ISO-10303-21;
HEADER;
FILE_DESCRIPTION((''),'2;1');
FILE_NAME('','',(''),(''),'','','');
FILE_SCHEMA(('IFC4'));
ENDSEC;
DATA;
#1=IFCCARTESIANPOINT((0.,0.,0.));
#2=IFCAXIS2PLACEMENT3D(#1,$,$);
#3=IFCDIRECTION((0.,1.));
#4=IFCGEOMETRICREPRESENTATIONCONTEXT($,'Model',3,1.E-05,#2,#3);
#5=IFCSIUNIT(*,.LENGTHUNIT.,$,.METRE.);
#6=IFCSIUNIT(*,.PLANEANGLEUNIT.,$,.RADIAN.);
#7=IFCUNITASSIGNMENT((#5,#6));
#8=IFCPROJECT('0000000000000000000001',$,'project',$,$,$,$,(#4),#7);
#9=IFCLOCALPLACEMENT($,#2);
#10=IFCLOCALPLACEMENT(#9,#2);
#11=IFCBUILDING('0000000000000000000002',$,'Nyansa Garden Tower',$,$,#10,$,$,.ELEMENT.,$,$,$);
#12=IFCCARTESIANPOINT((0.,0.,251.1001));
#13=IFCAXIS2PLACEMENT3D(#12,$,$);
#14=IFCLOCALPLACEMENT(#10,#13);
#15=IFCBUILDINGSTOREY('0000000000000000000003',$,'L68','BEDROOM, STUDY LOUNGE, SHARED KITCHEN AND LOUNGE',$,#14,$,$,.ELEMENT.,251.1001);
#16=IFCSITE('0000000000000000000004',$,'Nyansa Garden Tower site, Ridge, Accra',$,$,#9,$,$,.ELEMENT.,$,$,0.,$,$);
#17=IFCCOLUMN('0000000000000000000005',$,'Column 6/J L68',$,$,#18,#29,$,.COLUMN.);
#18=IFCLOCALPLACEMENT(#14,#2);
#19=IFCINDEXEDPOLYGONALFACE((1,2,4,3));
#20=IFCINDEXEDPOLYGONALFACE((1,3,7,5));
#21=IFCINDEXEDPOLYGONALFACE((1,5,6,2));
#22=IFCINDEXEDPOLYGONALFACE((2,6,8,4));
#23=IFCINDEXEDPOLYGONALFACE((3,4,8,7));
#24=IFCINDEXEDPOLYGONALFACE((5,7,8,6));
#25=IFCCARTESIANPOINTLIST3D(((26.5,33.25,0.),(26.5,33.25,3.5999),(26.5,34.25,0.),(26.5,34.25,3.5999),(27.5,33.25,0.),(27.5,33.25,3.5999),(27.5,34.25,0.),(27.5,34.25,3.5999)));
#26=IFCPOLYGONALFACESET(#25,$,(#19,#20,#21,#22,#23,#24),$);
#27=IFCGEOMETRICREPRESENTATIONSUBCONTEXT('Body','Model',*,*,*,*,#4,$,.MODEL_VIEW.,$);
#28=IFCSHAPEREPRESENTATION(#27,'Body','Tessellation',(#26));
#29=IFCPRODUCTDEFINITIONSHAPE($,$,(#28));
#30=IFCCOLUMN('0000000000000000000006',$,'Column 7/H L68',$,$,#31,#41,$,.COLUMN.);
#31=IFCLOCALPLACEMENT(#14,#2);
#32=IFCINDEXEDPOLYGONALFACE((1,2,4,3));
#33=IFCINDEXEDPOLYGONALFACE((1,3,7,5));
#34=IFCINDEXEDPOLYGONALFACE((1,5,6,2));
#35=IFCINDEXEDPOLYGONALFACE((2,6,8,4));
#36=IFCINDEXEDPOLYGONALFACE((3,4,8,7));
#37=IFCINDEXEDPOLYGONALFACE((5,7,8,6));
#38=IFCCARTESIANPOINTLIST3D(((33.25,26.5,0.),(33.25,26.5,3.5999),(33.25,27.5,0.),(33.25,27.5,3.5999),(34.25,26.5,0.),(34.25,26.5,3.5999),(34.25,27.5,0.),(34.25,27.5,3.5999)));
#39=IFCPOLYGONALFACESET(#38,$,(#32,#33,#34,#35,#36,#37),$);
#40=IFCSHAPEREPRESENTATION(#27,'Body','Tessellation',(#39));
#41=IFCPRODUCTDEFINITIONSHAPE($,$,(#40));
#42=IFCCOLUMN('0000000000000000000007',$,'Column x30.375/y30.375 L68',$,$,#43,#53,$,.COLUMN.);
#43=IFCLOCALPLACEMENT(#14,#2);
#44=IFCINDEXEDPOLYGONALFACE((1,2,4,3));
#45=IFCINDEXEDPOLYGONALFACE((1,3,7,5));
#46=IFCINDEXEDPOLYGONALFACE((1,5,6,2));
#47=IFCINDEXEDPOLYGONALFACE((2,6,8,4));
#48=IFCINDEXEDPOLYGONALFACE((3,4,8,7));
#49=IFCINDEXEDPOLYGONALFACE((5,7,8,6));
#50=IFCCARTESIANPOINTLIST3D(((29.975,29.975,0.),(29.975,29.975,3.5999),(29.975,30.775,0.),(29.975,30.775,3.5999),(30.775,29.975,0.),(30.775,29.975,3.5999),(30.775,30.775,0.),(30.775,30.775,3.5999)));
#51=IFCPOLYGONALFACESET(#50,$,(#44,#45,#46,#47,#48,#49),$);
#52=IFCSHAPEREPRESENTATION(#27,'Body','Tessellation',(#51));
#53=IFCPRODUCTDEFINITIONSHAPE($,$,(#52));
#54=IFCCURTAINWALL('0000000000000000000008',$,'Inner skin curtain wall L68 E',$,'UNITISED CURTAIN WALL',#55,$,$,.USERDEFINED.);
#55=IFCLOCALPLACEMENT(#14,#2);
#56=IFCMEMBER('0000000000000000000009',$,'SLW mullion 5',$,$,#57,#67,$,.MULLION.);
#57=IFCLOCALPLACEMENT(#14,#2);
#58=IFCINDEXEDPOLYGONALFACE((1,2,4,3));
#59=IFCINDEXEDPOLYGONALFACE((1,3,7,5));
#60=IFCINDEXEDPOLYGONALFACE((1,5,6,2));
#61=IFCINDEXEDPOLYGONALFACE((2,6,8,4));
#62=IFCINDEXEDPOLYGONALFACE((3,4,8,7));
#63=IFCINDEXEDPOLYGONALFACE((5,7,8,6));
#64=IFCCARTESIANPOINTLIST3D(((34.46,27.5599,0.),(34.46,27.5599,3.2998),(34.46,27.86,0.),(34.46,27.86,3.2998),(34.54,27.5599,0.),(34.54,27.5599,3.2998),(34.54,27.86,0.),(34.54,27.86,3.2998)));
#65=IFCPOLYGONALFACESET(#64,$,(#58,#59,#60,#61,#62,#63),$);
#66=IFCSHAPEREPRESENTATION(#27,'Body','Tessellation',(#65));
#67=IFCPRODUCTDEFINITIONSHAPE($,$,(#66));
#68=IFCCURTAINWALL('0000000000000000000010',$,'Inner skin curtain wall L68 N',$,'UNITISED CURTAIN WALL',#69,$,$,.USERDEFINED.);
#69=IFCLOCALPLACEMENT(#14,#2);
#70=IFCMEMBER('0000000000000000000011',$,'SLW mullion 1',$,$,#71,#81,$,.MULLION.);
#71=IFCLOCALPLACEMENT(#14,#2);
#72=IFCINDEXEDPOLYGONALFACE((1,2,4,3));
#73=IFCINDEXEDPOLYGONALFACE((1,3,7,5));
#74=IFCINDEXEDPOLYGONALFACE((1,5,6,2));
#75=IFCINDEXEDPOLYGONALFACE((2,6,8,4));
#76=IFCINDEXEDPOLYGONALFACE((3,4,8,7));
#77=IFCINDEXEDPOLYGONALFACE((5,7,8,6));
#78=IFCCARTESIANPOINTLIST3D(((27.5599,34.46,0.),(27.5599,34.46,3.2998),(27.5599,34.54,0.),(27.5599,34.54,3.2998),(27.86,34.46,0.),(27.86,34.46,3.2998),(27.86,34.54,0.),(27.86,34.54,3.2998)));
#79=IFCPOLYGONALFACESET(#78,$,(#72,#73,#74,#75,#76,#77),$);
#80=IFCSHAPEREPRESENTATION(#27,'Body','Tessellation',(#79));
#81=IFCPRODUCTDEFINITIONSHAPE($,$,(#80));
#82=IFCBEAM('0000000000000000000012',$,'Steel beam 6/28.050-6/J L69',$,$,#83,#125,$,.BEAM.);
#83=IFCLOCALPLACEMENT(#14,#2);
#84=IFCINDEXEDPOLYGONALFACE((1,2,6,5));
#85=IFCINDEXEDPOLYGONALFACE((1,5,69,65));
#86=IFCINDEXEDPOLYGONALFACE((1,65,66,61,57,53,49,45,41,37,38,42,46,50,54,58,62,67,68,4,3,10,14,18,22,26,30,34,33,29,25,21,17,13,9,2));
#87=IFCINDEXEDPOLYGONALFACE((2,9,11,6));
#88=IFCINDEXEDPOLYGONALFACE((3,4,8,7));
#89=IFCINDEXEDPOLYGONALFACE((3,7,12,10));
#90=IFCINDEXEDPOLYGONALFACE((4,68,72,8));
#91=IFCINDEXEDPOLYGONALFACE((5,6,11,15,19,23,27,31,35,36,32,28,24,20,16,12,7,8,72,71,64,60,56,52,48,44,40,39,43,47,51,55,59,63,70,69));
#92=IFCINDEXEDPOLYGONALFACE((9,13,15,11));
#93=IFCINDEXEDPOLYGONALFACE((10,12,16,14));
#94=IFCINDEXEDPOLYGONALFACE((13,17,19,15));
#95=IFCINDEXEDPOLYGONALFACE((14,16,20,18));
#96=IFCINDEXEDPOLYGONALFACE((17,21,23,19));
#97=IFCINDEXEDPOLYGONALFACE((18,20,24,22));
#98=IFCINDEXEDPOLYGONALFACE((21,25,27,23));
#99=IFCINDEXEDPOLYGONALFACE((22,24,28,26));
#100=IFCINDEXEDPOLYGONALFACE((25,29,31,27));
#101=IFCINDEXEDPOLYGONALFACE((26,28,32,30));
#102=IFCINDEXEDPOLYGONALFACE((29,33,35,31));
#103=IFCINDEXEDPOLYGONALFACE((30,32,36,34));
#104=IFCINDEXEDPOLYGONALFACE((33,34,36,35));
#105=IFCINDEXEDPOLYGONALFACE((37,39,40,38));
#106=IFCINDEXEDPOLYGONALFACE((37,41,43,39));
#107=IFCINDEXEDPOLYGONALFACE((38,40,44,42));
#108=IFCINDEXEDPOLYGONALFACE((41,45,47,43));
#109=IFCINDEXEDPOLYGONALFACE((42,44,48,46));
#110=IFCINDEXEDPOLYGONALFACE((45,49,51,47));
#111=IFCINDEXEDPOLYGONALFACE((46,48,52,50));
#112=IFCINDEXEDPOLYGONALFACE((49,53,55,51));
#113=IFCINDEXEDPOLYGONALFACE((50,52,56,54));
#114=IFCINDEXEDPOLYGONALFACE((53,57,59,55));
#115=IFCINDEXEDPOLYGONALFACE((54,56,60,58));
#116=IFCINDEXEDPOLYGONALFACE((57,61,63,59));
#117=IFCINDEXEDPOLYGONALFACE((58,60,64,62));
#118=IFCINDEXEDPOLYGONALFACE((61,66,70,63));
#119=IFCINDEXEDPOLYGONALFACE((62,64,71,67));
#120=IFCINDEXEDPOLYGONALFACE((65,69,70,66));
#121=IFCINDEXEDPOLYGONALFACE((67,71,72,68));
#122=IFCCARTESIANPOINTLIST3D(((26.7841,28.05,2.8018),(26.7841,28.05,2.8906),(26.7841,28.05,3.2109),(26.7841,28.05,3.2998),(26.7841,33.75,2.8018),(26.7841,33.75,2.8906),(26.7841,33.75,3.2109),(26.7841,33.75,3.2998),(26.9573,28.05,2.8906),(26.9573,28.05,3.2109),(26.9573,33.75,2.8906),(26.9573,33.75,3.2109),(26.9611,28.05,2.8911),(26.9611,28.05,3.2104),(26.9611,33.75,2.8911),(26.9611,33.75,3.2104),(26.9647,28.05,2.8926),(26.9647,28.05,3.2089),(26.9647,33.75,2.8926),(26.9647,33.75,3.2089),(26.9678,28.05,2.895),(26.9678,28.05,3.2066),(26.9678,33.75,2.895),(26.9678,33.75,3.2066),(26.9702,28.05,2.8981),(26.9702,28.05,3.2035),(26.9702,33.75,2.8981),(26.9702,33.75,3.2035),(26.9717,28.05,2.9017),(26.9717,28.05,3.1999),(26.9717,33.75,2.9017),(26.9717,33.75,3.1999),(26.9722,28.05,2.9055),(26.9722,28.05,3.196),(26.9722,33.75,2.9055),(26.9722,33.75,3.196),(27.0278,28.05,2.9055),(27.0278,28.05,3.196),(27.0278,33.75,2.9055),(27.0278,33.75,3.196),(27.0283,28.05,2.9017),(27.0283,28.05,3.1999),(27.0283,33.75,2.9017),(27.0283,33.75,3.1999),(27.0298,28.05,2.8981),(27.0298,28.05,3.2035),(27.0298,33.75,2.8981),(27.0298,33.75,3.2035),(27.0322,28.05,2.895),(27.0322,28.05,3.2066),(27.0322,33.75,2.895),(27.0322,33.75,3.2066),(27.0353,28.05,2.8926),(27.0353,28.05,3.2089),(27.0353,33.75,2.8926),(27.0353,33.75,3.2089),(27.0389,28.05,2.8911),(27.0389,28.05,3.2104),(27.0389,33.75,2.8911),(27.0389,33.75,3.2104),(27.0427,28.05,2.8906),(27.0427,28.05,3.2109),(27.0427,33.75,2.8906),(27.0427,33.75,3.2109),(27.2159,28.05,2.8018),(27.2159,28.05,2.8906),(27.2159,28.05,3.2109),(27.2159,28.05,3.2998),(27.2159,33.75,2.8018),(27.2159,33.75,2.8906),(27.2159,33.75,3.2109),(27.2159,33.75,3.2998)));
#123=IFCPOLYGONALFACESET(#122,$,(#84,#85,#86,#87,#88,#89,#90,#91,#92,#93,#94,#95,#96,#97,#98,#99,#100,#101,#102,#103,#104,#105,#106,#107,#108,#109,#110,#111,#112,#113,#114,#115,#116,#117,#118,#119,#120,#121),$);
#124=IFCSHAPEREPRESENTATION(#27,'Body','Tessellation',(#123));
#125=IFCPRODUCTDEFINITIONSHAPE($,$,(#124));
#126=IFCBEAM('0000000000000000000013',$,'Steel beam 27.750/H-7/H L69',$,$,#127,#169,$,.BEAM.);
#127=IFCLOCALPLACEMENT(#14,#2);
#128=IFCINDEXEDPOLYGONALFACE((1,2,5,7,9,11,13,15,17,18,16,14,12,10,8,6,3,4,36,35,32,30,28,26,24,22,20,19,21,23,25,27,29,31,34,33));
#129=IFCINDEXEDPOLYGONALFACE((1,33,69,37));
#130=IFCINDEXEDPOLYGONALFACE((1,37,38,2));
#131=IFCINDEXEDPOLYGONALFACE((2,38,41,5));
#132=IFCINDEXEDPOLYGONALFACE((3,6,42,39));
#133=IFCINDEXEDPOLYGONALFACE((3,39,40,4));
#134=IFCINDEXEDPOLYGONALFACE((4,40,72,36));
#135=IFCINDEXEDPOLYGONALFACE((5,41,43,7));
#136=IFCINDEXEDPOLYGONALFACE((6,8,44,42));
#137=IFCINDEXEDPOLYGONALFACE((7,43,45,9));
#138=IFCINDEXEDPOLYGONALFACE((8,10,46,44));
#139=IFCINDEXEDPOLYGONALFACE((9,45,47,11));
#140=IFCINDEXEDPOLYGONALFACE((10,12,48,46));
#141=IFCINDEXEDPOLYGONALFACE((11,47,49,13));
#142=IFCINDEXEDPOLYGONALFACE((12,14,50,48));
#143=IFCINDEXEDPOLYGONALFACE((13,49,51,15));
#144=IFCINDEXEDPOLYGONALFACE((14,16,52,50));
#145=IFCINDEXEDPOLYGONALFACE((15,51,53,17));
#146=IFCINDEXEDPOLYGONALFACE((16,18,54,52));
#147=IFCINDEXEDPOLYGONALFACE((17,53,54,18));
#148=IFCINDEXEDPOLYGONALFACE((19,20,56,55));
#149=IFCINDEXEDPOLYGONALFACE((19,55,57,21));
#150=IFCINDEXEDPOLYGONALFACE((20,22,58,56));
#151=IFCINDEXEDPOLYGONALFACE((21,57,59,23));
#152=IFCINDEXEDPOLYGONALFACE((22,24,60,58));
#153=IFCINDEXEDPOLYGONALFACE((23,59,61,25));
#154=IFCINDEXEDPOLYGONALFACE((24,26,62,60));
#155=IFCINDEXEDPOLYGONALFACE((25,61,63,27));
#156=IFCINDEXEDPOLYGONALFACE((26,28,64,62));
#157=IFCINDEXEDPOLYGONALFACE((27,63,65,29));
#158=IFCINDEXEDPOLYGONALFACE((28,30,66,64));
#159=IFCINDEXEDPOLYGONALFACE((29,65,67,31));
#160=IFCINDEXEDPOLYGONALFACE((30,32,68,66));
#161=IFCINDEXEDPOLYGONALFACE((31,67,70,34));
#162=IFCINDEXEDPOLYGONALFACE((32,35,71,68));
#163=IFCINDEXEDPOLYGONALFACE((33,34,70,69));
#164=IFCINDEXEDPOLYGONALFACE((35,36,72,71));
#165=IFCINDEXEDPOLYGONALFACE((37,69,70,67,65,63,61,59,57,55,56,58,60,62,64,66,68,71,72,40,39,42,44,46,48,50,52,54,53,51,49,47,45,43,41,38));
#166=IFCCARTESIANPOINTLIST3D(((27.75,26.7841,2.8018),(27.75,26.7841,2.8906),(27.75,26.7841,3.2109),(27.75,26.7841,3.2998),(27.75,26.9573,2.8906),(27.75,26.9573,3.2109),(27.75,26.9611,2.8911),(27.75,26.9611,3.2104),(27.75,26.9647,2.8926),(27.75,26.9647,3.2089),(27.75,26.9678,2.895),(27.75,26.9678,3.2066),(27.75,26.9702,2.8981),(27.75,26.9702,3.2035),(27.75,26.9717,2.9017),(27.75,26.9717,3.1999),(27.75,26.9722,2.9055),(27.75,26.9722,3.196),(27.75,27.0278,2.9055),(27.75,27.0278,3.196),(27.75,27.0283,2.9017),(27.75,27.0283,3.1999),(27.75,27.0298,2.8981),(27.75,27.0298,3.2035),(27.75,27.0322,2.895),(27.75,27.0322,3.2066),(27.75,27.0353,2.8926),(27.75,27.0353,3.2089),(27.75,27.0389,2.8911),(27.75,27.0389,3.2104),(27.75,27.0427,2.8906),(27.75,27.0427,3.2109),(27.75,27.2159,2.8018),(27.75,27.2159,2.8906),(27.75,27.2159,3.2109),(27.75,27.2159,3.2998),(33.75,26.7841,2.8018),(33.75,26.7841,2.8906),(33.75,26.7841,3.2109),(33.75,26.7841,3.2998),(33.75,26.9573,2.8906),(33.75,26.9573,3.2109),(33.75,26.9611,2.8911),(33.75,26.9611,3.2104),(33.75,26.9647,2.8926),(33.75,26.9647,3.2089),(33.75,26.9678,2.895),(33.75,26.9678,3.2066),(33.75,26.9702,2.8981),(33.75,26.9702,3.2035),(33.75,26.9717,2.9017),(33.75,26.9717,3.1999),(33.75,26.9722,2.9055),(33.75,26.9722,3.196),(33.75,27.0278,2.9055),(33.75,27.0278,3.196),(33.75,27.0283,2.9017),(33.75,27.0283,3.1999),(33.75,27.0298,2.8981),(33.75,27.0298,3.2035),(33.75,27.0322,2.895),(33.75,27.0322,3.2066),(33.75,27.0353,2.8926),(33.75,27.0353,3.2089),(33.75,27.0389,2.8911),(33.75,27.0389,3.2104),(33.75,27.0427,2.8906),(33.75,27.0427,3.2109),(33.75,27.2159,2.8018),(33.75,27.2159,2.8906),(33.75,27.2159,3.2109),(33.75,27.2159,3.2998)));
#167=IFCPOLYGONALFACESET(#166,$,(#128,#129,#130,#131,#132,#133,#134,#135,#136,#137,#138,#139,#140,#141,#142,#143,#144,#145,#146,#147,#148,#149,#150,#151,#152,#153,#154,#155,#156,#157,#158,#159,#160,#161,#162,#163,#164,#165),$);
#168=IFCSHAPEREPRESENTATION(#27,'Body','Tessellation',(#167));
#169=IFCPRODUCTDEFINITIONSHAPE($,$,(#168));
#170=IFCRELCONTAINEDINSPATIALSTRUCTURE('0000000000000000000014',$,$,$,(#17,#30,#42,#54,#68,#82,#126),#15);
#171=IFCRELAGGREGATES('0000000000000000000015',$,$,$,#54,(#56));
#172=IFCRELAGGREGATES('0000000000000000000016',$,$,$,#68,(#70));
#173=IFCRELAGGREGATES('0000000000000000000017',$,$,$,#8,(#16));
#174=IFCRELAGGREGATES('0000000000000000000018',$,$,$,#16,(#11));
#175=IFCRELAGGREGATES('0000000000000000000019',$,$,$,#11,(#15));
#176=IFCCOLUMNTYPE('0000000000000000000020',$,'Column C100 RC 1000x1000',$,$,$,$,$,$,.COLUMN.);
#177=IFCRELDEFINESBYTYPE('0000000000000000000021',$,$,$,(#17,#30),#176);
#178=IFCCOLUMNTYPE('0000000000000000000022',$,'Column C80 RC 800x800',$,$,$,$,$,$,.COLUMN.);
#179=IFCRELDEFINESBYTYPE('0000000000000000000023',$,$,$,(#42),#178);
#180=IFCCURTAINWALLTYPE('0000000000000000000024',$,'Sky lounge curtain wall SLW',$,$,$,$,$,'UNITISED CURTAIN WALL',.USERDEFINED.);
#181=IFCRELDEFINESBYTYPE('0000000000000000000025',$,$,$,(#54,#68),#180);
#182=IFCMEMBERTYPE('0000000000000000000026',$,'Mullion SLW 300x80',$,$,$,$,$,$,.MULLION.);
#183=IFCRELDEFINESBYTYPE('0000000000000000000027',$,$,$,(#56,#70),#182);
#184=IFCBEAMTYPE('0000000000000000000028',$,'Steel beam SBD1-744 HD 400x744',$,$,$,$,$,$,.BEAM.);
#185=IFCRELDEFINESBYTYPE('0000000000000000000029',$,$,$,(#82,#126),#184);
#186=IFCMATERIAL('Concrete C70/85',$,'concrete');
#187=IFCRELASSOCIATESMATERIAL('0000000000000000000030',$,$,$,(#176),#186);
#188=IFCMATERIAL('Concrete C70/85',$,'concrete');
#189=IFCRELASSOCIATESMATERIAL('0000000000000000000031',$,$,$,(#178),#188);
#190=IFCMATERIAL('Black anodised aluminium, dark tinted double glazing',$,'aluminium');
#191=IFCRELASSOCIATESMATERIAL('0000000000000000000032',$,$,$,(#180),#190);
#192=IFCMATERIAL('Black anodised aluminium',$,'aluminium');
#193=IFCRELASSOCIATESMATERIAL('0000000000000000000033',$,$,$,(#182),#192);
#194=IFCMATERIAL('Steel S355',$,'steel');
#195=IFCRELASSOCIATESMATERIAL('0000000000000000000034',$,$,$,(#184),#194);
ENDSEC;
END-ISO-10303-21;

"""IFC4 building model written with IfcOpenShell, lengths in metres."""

from ifc_helpers import new_model, si_unit, direction, frame, origin, origin_2d, place, context, subcontext, project, spatial, rectangle, i_section, extrude, material, material_profile, profile_set, type_object, element, aggregate, save


model = new_model("IFC4")

# Units and contexts
model_context = context("Model", 3, precision=1e-05, world=origin(), true_north=direction((0.0, 1.0)))
body_context = subcontext(model_context, "Body", "Model", "MODEL_VIEW")
ifc_project = project(units=[si_unit("LENGTHUNIT", "METRE"), si_unit("PLANEANGLEUNIT", "RADIAN")], contexts=[model_context])

# Site, building, storey
site_placement = place(None, origin())
site = spatial("IfcSite", under=ifc_project, at=site_placement, Name="Nyansa Garden Tower site, Ridge, Accra", CompositionType="ELEMENT", RefElevation=0.0)
building_placement = place(site_placement, origin())
building = spatial("IfcBuilding", under=site, at=building_placement, Name="Nyansa Garden Tower", CompositionType="ELEMENT")
storey_placement = place(building_placement, frame((0.0, 0.0, 251.1001)))
storey = spatial("IfcBuildingStorey", under=building, at=storey_placement, Name="L68", Description="BEDROOM, STUDY LOUNGE, SHARED KITCHEN AND LOUNGE", CompositionType="ELEMENT", Elevation=251.1001)

# Columns
ifc_material_1 = material(Name="Concrete C70/85", Category="concrete")
ifc_material_profile_1 = material_profile(ifc_material_1, rectangle(XDim=1.0, YDim=1.0, at=origin_2d()), Name="RC 1000x1000")
ifc_profile_set_1 = profile_set([ifc_material_profile_1], Name="Concrete C70/85")
column_type_1 = type_object("IfcColumnType", Name="Column C100 RC 1000x1000", PredefinedType="COLUMN", material=ifc_profile_set_1)
for number, where, z_axis, x_axis, name in (
    (1, (27.0, 33.75, 0.0), (0.0, 0.0, 1.0), (1.0, 0.0, 0.0), "Column 6/J L68"),
    (2, (33.75, 27.0, 0.0), (0.0, 0.0, 1.0), (1.0, 0.0, 0.0), "Column 7/H L68"),
):
    element("IfcColumn", number, at=place(storey_placement, frame(where, z_axis=z_axis, x_axis=x_axis)), inside=storey, type_object=column_type_1, Name=name, PredefinedType="COLUMN", context=body_context, shape_type="SweptSolid", body=[
        extrude(rectangle(XDim=1.0, YDim=1.0, at=origin_2d()), origin(), (0.0, 0.0, 1.0), 3.5999),
    ])
ifc_material_2 = material(Name="Concrete C70/85", Category="concrete")
ifc_material_profile_2 = material_profile(ifc_material_2, rectangle(XDim=0.8, YDim=0.8, at=origin_2d()), Name="RC 800x800")
ifc_profile_set_2 = profile_set([ifc_material_profile_2], Name="Concrete C70/85")
column_type_2 = type_object("IfcColumnType", Name="Column C80 RC 800x800", PredefinedType="COLUMN", material=ifc_profile_set_2)
column_placement = place(storey_placement, frame((30.375, 30.375, 0.0), z_axis=(0.0, 0.0, 1.0), x_axis=(1.0, 0.0, 0.0)))
element("IfcColumn", 3, at=column_placement, inside=storey, type_object=column_type_2, Name="Column x30.375/y30.375 L68", PredefinedType="COLUMN", context=body_context, shape_type="SweptSolid", body=[
    extrude(rectangle(XDim=0.8, YDim=0.8, at=origin_2d()), origin(), (0.0, 0.0, 1.0), 3.5999),
])

# Curtain walls, members
ifc_material_3 = material(Name="Black anodised aluminium, dark tinted double glazing", Category="aluminium")
curtain_wall_type = type_object("IfcCurtainWallType", Name="Sky lounge curtain wall SLW", ElementType="UNITISED CURTAIN WALL", PredefinedType="USERDEFINED", material=ifc_material_3)
curtain_wall_1_placement = place(storey_placement, origin())
curtain_wall_1 = element("IfcCurtainWall", 4, at=curtain_wall_1_placement, inside=storey, type_object=curtain_wall_type, Name="Inner skin curtain wall L68 E", ObjectType="UNITISED CURTAIN WALL", PredefinedType="USERDEFINED")
ifc_material_4 = material(Name="Black anodised aluminium", Category="aluminium")
ifc_material_profile_3 = material_profile(ifc_material_4, rectangle(XDim=0.0801, YDim=0.3, at=origin_2d()), Name="Mullion 300x80")
ifc_profile_set_3 = profile_set([ifc_material_profile_3], Name="Black anodised aluminium")
member_type_1 = type_object("IfcMemberType", Name="Mullion SLW 300x80", PredefinedType="MULLION", material=ifc_profile_set_3)
member_1_placement = place(storey_placement, frame((34.5, 27.71, 0.0), z_axis=(0.0, 0.0, 1.0), x_axis=(-1.0, 0.0, 0.0)))
member_1 = element("IfcMember", 5, at=member_1_placement, type_object=member_type_1, Name="SLW mullion 5", PredefinedType="MULLION", context=body_context, shape_type="SweptSolid", body=[
    extrude(rectangle(XDim=0.0801, YDim=0.3, at=origin_2d()), origin(), (0.0, 0.0, 1.0), 3.2998),
])
aggregate(curtain_wall_1, [member_1])
curtain_wall_2_placement = place(storey_placement, origin())
curtain_wall_2 = element("IfcCurtainWall", 6, at=curtain_wall_2_placement, inside=storey, type_object=curtain_wall_type, Name="Inner skin curtain wall L68 N", ObjectType="UNITISED CURTAIN WALL", PredefinedType="USERDEFINED")
member_2_placement = place(storey_placement, frame((27.71, 34.5, 0.0), z_axis=(0.0, 0.0, 1.0), x_axis=(0.0, -1.0, 0.0)))
member_2 = element("IfcMember", 7, at=member_2_placement, type_object=member_type_1, Name="SLW mullion 1", PredefinedType="MULLION", context=body_context, shape_type="SweptSolid", body=[
    extrude(rectangle(XDim=0.0801, YDim=0.3, at=origin_2d()), origin(), (0.0, 0.0, 1.0), 3.2998),
])

# Beams
ifc_material_5 = material(Name="Steel S355", Category="steel")
ifc_material_profile_4 = material_profile(ifc_material_5, i_section(OverallWidth=0.4319, OverallDepth=0.498, WebThickness=0.0557, FlangeThickness=0.0889, FilletRadius=0.0149, at=origin_2d()), Name="HD 400x744")
ifc_profile_set_4 = profile_set([ifc_material_profile_4], Name="Steel S355")
beam_type_1 = type_object("IfcBeamType", Name="Steel beam SBD1-744 HD 400x744", PredefinedType="BEAM", material=ifc_profile_set_4)
beam_1_placement = place(storey_placement, frame((27.0, 28.05, 3.0508), z_axis=(0.0, 1.0, 0.0), x_axis=(-1.0, 0.0, 0.0)))
element("IfcBeam", 8, at=beam_1_placement, inside=storey, type_object=beam_type_1, Name="Steel beam 6/28.050-6/J L69", PredefinedType="BEAM", context=body_context, shape_type="SweptSolid", body=[
    extrude(i_section(OverallWidth=0.4319, OverallDepth=0.498, WebThickness=0.0557, FlangeThickness=0.0889, FilletRadius=0.0149, at=origin_2d()), origin(), (0.0, 0.0, 1.0), 5.7),
])
beam_2_placement = place(storey_placement, frame((27.75, 27.0, 3.0508), z_axis=(1.0, 0.0, 0.0), x_axis=(0.0, 1.0, 0.0)))
element("IfcBeam", 9, at=beam_2_placement, inside=storey, type_object=beam_type_1, Name="Steel beam 27.750/H-7/H L69", PredefinedType="BEAM", context=body_context, shape_type="SweptSolid", body=[
    extrude(i_section(OverallWidth=0.4319, OverallDepth=0.498, WebThickness=0.0557, FlangeThickness=0.0889, FilletRadius=0.0149, at=origin_2d()), origin(), (0.0, 0.0, 1.0), 6.0),
])

aggregate(curtain_wall_2, [member_2])

save(model, "model.ifc")
